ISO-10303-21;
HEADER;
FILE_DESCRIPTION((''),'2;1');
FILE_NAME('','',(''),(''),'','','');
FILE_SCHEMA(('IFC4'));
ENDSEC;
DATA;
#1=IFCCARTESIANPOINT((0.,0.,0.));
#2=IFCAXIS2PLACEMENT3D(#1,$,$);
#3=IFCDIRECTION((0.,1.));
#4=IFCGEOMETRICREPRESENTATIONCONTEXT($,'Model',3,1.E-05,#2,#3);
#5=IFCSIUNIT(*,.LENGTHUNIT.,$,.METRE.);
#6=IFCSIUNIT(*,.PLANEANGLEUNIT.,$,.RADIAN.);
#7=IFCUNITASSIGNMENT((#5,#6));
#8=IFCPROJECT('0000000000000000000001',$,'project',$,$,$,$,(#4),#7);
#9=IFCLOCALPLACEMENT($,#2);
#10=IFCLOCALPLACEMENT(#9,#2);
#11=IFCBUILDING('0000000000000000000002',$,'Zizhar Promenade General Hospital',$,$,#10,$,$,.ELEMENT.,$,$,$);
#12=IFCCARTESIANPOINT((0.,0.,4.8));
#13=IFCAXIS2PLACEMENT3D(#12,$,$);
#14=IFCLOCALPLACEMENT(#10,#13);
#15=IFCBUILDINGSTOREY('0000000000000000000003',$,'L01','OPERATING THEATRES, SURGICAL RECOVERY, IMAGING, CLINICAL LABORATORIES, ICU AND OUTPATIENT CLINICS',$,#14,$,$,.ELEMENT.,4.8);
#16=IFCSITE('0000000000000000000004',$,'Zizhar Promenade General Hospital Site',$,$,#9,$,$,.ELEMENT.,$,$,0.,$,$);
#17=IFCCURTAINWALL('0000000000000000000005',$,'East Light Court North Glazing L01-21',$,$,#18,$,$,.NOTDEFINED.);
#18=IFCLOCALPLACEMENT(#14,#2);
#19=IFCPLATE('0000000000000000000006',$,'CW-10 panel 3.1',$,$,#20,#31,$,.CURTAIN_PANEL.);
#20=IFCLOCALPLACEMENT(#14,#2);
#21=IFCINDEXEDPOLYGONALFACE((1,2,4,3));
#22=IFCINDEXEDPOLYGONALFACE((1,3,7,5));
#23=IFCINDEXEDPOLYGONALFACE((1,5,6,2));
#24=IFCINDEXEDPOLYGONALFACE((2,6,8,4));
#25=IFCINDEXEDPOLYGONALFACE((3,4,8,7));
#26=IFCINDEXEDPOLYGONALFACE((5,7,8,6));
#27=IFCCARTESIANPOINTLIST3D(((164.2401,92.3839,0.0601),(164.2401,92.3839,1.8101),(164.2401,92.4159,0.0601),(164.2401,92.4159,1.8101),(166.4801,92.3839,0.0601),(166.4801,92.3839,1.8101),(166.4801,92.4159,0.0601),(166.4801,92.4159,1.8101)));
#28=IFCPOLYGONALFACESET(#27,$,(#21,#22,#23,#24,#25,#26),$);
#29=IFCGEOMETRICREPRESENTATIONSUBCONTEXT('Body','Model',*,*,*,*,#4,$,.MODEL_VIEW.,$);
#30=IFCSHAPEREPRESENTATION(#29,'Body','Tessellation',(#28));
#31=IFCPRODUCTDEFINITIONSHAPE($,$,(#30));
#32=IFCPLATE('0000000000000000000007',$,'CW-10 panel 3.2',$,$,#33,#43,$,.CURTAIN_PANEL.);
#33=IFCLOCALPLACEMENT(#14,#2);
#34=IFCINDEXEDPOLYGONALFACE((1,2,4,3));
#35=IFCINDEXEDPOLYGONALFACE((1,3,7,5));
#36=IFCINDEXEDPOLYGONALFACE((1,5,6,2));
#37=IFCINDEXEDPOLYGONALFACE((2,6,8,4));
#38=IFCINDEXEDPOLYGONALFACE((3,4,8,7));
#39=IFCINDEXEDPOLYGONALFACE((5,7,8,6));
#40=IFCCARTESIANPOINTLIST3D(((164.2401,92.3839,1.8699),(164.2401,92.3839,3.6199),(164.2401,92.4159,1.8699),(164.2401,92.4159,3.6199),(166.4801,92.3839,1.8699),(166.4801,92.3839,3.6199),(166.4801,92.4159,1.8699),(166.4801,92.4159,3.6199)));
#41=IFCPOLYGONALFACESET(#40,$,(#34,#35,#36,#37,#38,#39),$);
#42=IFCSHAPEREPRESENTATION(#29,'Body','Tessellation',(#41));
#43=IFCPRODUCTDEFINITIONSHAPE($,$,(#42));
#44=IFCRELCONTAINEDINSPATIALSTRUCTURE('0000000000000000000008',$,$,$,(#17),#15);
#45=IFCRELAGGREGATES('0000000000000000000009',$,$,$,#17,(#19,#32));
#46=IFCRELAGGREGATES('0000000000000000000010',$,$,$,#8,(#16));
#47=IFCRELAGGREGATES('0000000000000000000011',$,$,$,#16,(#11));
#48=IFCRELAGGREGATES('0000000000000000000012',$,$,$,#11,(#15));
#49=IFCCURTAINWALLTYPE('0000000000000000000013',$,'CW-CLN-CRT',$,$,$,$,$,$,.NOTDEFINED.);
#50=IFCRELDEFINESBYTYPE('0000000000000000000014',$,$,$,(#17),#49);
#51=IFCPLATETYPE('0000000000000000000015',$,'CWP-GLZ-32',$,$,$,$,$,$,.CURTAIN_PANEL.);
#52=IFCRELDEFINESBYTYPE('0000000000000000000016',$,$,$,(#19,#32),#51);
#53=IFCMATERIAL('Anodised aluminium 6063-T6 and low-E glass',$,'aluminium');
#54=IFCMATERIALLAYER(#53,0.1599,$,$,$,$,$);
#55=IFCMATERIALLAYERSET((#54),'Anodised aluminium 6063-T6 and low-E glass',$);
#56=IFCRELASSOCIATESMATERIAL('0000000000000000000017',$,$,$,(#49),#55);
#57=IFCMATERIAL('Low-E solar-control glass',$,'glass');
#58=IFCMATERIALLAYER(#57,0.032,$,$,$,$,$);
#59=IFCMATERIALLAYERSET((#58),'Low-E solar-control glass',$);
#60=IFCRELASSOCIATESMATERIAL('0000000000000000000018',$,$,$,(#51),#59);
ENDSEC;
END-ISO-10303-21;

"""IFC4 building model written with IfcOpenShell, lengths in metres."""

from ifc_helpers import new_model, si_unit, direction, frame, origin, origin_2d, place, context, subcontext, project, spatial, rectangle, extrude, material, layer, layer_set, type_object, element, aggregate, save


model = new_model("IFC4")

# Units and contexts
model_context = context("Model", 3, precision=1e-05, world=origin(), true_north=direction((0.0, 1.0)))
body_context = subcontext(model_context, "Body", "Model", "MODEL_VIEW")
ifc_project = project(units=[si_unit("LENGTHUNIT", "METRE"), si_unit("PLANEANGLEUNIT", "RADIAN")], contexts=[model_context])

# Site, building, storey
site_placement = place(None, origin())
site = spatial("IfcSite", under=ifc_project, at=site_placement, Name="Zizhar Promenade General Hospital Site", CompositionType="ELEMENT", RefElevation=0.0)
building_placement = place(site_placement, origin())
building = spatial("IfcBuilding", under=site, at=building_placement, Name="Zizhar Promenade General Hospital", CompositionType="ELEMENT")
storey_placement = place(building_placement, frame((0.0, 0.0, 4.8)))
storey = spatial("IfcBuildingStorey", under=building, at=storey_placement, Name="L01", Description="OPERATING THEATRES, SURGICAL RECOVERY, IMAGING, CLINICAL LABORATORIES, ICU AND OUTPATIENT CLINICS", CompositionType="ELEMENT", Elevation=4.8)

# Curtain wall
ifc_material_1 = material(Name="Anodised aluminium 6063-T6 and low-E glass", Category="aluminium")
ifc_layer_1 = layer(ifc_material_1, 0.1599)
ifc_layer_set_1 = layer_set([ifc_layer_1], Name="Anodised aluminium 6063-T6 and low-E glass")
curtain_wall_type = type_object("IfcCurtainWallType", Name="CW-CLN-CRT", PredefinedType="NOTDEFINED", material=ifc_layer_set_1)
curtain_wall_1_placement = place(storey_placement, origin())
curtain_wall_1 = element("IfcCurtainWall", 1, at=curtain_wall_1_placement, inside=storey, type_object=curtain_wall_type, Name="East Light Court North Glazing L01-21", PredefinedType="NOTDEFINED")

# Plates
ifc_material_2 = material(Name="Low-E solar-control glass", Category="glass")
ifc_layer_2 = layer(ifc_material_2, 0.032)
ifc_layer_set_2 = layer_set([ifc_layer_2], Name="Low-E solar-control glass")
plate_type = type_object("IfcPlateType", Name="CWP-GLZ-32", PredefinedType="CURTAIN_PANEL", material=ifc_layer_set_2)
plate_1_placement = place(storey_placement, frame((165.3601, 92.3999, 0.0601), z_axis=(0.0, 0.0, 1.0), x_axis=(-1.0, 0.0, 0.0)))
plate_1 = element("IfcPlate", 2, at=plate_1_placement, type_object=plate_type, Name="CW-10 panel 3.1", PredefinedType="CURTAIN_PANEL", context=body_context, shape_type="SweptSolid", body=[
    extrude(rectangle(XDim=2.24, YDim=0.032, at=origin_2d()), origin(), (0.0, 0.0, 1.0), 1.75),
])
plate_2_placement = place(storey_placement, frame((165.3601, 92.3999, 1.8699), z_axis=(0.0, 0.0, 1.0), x_axis=(-1.0, 0.0, 0.0)))
plate_2 = element("IfcPlate", 3, at=plate_2_placement, type_object=plate_type, Name="CW-10 panel 3.2", PredefinedType="CURTAIN_PANEL", context=body_context, shape_type="SweptSolid", body=[
    extrude(rectangle(XDim=2.24, YDim=0.032, at=origin_2d()), origin(), (0.0, 0.0, 1.0), 1.75),
])
aggregate(curtain_wall_1, [plate_1, plate_2])

save(model, "model.ifc")
